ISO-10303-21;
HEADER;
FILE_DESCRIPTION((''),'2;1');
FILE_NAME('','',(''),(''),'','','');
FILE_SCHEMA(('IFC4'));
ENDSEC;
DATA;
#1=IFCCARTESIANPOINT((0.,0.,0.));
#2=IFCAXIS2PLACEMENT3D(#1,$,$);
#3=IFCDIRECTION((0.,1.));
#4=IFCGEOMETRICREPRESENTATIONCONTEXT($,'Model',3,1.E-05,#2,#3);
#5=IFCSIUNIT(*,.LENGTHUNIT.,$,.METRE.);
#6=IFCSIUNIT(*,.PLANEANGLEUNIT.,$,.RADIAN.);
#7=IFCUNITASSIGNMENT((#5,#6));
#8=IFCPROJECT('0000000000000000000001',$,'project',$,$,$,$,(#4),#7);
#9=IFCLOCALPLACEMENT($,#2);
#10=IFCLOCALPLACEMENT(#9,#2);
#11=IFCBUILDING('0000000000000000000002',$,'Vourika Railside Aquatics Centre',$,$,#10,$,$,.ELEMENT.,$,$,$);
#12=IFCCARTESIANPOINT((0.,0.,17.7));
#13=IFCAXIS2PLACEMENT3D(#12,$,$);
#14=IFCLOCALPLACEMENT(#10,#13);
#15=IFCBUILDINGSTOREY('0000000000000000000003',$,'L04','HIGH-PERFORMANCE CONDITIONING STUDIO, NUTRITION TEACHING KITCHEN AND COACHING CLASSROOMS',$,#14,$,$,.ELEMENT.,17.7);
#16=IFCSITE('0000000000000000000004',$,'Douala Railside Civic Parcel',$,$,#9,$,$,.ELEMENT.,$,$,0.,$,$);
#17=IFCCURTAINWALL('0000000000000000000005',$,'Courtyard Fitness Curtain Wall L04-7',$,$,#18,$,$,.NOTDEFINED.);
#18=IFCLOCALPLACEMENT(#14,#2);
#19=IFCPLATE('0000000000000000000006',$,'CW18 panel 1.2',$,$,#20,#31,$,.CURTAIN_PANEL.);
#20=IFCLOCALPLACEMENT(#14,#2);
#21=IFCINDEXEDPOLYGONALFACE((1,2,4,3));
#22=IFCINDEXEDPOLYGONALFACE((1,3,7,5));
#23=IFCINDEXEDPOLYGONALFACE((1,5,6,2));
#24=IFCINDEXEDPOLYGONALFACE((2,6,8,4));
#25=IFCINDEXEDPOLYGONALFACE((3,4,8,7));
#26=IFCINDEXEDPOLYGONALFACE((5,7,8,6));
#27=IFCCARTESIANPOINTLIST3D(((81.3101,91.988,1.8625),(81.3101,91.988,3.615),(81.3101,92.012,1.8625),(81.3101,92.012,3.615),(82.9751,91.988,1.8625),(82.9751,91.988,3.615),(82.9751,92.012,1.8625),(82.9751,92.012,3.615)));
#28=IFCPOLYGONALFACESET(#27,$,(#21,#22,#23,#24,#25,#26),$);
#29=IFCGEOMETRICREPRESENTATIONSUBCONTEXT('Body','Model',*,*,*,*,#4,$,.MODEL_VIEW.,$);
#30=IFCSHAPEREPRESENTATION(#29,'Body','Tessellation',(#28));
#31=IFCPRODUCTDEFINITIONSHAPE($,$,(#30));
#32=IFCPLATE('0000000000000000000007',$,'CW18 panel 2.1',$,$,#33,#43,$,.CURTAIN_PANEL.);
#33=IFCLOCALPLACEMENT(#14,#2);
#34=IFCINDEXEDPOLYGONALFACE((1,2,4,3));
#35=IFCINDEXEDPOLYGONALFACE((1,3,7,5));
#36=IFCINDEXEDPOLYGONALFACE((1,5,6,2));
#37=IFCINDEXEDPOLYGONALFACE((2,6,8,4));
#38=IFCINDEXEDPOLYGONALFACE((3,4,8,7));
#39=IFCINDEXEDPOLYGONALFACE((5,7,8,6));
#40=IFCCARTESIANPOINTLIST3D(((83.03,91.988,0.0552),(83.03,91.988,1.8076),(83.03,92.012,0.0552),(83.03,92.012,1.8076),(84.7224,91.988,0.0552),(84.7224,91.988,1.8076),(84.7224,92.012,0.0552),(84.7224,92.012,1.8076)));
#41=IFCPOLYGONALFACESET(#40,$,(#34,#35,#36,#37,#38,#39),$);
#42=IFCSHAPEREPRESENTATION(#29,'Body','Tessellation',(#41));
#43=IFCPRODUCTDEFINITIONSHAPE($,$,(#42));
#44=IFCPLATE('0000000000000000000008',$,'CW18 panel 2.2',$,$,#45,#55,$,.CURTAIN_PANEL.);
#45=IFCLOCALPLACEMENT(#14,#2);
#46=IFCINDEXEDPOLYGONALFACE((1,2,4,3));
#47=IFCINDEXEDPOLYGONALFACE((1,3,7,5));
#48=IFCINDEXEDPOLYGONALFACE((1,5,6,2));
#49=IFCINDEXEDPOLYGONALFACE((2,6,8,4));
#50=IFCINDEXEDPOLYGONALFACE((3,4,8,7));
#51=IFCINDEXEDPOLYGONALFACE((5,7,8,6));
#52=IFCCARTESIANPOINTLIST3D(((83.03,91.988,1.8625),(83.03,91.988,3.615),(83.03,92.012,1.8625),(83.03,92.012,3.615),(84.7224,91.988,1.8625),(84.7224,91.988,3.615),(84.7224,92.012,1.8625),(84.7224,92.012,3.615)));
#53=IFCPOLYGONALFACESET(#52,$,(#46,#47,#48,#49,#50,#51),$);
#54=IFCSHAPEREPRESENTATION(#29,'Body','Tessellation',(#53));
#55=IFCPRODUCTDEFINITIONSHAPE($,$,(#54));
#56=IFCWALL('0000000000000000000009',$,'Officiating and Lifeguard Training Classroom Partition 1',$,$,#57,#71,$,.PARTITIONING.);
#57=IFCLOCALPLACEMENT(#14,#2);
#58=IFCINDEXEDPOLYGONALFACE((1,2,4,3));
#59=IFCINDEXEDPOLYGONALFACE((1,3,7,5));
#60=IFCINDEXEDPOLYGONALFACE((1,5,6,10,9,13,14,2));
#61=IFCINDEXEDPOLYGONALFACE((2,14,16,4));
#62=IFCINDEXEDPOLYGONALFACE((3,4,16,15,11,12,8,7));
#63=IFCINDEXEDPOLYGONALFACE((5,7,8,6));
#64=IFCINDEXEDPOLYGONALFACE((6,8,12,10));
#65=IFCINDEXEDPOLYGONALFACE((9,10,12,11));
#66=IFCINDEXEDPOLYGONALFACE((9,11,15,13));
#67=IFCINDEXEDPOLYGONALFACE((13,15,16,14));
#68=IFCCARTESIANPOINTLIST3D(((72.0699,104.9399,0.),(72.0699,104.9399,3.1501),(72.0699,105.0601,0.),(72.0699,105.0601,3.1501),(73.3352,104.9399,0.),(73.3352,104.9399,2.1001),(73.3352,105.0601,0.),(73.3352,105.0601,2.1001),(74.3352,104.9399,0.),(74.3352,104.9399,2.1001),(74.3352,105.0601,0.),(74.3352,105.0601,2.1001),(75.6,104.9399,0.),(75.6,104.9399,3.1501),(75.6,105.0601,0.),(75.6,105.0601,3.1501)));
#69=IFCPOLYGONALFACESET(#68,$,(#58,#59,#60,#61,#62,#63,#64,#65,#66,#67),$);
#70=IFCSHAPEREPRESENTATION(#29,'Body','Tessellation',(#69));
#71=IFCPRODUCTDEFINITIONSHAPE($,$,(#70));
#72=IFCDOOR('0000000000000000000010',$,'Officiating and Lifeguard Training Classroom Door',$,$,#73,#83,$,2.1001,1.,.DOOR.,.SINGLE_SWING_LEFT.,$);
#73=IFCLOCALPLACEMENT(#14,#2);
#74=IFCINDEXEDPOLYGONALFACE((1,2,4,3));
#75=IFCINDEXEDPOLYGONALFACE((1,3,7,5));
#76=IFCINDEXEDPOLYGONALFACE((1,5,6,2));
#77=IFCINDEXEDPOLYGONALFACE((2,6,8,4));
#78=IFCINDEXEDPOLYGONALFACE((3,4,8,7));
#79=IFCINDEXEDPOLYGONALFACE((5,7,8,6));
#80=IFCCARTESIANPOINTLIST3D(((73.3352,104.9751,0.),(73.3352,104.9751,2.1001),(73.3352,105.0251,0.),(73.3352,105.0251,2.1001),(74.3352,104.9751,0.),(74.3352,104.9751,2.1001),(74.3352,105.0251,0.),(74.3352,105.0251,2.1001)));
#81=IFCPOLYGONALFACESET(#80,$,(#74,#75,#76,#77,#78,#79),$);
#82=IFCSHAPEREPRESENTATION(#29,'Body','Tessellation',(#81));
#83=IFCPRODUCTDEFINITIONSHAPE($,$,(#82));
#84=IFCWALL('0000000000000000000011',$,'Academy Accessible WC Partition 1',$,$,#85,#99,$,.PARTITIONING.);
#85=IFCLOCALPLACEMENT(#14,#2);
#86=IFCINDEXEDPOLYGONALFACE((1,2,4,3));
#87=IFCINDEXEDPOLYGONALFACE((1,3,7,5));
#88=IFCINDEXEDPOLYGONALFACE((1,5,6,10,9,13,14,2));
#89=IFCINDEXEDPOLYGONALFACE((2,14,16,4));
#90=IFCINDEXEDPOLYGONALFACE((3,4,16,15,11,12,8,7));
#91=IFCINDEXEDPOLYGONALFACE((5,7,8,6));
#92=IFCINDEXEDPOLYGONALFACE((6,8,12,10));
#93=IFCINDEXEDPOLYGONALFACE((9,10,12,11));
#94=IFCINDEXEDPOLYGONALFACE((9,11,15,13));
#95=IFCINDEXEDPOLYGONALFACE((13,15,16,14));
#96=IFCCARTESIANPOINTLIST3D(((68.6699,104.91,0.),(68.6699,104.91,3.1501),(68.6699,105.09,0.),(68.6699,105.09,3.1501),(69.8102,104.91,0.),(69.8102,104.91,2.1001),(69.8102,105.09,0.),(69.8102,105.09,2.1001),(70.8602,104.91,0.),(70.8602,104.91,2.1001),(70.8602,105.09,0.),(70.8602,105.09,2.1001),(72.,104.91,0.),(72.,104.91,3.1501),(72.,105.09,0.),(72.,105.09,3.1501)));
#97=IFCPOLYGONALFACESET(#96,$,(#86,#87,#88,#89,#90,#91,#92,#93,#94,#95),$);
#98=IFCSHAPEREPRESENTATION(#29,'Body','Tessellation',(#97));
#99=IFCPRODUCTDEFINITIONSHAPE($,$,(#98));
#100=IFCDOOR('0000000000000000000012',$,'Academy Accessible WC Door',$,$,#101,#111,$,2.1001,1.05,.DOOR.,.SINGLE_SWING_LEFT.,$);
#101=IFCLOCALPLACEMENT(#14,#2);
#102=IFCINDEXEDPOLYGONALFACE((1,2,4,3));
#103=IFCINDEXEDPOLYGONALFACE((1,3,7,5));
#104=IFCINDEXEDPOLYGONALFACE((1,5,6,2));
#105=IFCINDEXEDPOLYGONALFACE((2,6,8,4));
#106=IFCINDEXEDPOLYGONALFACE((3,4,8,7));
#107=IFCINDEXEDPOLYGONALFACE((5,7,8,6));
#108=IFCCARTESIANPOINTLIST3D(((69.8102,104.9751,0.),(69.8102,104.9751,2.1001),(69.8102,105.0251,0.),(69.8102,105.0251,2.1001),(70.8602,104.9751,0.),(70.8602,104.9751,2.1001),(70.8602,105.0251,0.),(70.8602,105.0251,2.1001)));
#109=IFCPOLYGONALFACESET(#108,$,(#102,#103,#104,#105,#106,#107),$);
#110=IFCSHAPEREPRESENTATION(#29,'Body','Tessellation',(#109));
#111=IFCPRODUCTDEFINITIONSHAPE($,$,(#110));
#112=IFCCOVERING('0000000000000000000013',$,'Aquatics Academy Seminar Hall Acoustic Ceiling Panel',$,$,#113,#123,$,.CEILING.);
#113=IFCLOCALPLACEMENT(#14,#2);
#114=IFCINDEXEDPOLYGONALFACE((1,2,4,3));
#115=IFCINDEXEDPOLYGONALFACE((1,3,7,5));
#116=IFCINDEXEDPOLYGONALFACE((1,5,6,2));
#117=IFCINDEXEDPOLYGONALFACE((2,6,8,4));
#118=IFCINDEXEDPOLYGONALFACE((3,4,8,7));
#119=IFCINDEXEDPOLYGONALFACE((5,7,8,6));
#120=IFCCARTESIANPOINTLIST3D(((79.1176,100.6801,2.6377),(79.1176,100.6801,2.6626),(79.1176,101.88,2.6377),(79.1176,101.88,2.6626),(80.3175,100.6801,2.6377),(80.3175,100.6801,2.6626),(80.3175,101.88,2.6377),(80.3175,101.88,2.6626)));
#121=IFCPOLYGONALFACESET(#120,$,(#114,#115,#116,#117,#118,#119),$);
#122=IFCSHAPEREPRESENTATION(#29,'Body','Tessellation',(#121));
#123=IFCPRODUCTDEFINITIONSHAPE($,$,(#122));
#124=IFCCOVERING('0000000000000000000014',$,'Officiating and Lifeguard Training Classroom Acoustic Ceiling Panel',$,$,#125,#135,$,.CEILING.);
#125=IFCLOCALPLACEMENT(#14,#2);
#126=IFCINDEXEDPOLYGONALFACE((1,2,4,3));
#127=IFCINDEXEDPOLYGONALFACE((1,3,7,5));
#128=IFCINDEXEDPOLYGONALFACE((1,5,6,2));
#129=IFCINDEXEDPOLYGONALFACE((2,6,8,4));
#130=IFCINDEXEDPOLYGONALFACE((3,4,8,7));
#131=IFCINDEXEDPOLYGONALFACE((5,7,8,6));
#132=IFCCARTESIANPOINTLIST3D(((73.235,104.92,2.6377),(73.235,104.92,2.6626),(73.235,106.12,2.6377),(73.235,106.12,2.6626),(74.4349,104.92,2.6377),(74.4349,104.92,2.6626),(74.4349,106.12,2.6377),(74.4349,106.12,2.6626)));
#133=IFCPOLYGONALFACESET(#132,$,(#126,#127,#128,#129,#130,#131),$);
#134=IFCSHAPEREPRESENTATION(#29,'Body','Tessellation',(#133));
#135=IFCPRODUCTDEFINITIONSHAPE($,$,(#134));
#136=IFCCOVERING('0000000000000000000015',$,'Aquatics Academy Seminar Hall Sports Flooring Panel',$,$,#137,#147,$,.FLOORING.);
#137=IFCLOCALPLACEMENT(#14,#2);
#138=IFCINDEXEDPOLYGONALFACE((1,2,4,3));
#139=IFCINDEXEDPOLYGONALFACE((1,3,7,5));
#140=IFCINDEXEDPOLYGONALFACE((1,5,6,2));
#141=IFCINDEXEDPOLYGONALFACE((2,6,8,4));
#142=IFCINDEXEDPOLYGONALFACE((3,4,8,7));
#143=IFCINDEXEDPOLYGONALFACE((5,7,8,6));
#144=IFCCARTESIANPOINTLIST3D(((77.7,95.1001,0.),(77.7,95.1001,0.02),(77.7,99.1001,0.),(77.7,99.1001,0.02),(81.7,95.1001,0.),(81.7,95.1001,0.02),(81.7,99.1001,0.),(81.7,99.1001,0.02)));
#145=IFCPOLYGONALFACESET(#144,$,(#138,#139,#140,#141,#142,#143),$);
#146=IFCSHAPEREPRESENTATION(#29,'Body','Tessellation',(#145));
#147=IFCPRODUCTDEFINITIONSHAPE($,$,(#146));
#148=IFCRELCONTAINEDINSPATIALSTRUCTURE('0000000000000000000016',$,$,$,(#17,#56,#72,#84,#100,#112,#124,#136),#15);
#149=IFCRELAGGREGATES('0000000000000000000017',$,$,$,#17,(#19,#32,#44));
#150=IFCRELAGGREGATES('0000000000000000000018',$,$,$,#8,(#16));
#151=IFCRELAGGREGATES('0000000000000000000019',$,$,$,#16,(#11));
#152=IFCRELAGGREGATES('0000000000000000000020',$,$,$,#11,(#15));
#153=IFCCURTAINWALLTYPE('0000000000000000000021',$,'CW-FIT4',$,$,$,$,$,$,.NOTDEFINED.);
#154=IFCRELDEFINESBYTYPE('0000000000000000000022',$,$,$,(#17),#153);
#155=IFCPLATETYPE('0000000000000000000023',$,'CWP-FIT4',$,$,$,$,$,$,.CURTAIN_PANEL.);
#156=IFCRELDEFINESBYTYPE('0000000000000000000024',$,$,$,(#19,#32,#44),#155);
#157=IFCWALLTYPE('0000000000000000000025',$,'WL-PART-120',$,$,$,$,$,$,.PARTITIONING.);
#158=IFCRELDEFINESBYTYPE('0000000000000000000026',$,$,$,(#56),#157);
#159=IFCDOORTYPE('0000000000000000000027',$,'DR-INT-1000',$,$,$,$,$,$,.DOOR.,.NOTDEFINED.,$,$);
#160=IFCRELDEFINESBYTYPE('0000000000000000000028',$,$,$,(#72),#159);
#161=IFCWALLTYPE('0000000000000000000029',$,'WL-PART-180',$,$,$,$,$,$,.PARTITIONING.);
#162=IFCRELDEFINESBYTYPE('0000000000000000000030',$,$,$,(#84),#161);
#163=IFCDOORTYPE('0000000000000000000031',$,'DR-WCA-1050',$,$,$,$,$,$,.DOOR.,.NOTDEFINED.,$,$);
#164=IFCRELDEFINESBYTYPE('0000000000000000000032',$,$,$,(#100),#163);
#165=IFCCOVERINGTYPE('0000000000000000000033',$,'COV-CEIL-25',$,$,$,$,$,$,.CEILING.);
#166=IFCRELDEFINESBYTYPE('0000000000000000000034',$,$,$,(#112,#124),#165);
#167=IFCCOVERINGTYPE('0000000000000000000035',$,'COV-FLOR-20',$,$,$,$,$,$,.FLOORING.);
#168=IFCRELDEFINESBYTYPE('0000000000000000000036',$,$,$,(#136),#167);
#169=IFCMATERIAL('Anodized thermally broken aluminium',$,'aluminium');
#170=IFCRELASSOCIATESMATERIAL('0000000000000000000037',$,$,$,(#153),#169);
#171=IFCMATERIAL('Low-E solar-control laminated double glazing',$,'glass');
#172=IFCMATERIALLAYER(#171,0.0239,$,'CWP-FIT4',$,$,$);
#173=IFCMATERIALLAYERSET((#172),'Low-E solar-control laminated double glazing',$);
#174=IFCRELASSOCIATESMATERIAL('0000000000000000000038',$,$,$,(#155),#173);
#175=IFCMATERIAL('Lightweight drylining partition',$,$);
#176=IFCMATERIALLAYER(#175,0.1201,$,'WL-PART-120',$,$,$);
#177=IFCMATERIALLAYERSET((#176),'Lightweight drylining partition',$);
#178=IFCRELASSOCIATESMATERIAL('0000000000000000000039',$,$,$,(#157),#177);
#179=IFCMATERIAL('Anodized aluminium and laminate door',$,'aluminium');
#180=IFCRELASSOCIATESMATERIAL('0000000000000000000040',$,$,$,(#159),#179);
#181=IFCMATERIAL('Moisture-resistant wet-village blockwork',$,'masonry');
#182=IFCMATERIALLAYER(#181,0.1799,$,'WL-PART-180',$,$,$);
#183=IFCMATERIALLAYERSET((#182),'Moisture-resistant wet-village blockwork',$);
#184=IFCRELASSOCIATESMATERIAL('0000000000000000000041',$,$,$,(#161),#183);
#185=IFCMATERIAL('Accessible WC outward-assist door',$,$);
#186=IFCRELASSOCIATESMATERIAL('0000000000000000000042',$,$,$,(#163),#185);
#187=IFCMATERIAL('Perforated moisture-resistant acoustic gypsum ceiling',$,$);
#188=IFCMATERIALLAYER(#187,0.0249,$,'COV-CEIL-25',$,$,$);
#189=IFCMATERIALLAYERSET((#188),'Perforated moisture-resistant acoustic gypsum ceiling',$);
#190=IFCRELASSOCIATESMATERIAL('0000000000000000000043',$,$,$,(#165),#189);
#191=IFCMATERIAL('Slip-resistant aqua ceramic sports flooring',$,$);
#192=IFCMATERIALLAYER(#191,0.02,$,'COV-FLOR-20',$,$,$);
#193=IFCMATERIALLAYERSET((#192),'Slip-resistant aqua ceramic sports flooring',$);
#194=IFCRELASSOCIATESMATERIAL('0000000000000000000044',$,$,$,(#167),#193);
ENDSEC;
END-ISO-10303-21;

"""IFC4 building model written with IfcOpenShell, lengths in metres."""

from ifc_helpers import new_model, si_unit, direction, frame, frame_2d, origin, origin_2d, place, context, subcontext, project, spatial, rectangle, extrude, material, layer, layer_set, type_object, element, fill, aggregate, save


model = new_model("IFC4")

# Units and contexts
model_context = context("Model", 3, precision=1e-05, world=origin(), true_north=direction((0.0, 1.0)))
body_context = subcontext(model_context, "Body", "Model", "MODEL_VIEW")
ifc_project = project(units=[si_unit("LENGTHUNIT", "METRE"), si_unit("PLANEANGLEUNIT", "RADIAN")], contexts=[model_context])

# Site, building, storey
site_placement = place(None, origin())
site = spatial("IfcSite", under=ifc_project, at=site_placement, Name="Douala Railside Civic Parcel", CompositionType="ELEMENT", RefElevation=0.0)
building_placement = place(site_placement, origin())
building = spatial("IfcBuilding", under=site, at=building_placement, Name="Vourika Railside Aquatics Centre", CompositionType="ELEMENT")
storey_placement = place(building_placement, frame((0.0, 0.0, 17.7)))
storey = spatial("IfcBuildingStorey", under=building, at=storey_placement, Name="L04", Description="HIGH-PERFORMANCE CONDITIONING STUDIO, NUTRITION TEACHING KITCHEN AND COACHING CLASSROOMS", CompositionType="ELEMENT", Elevation=17.7)

# Curtain wall, plates
ifc_material_1 = material(Name="Anodized thermally broken aluminium", Category="aluminium")
curtain_wall_type = type_object("IfcCurtainWallType", Name="CW-FIT4", PredefinedType="NOTDEFINED", material=ifc_material_1)
curtain_wall_placement = place(storey_placement, origin())
curtain_wall = element("IfcCurtainWall", 1, at=curtain_wall_placement, inside=storey, type_object=curtain_wall_type, Name="Courtyard Fitness Curtain Wall L04-7", PredefinedType="NOTDEFINED")
ifc_material_2 = material(Name="Low-E solar-control laminated double glazing", Category="glass")
ifc_layer_1 = layer(ifc_material_2, 0.0239, Name="CWP-FIT4")
ifc_layer_set_1 = layer_set([ifc_layer_1], Name="Low-E solar-control laminated double glazing")
plate_type = type_object("IfcPlateType", Name="CWP-FIT4", PredefinedType="CURTAIN_PANEL", material=ifc_layer_set_1)
plate_1_placement = place(storey_placement, frame((82.1426, 92.0, 1.8625), z_axis=(0.0, 0.0, 1.0), x_axis=(1.0, 0.0, 0.0)))
plate_1 = element("IfcPlate", 2, at=plate_1_placement, type_object=plate_type, Name="CW18 panel 1.2", PredefinedType="CURTAIN_PANEL", context=body_context, shape_type="SweptSolid", body=[
    extrude(rectangle(XDim=1.665, YDim=0.0239, at=origin_2d()), origin(), (0.0, 0.0, 1.0), 1.7524),
])
plate_2_placement = place(storey_placement, frame((83.8762, 92.0, 0.0552), z_axis=(0.0, 0.0, 1.0), x_axis=(1.0, 0.0, 0.0)))
plate_2 = element("IfcPlate", 3, at=plate_2_placement, type_object=plate_type, Name="CW18 panel 2.1", PredefinedType="CURTAIN_PANEL", context=body_context, shape_type="SweptSolid", body=[
    extrude(rectangle(XDim=1.6924, YDim=0.0239, at=origin_2d()), origin(), (0.0, 0.0, 1.0), 1.7524),
])
plate_3_placement = place(storey_placement, frame((83.8762, 92.0, 1.8625), z_axis=(0.0, 0.0, 1.0), x_axis=(1.0, 0.0, 0.0)))
plate_3 = element("IfcPlate", 4, at=plate_3_placement, type_object=plate_type, Name="CW18 panel 2.2", PredefinedType="CURTAIN_PANEL", context=body_context, shape_type="SweptSolid", body=[
    extrude(rectangle(XDim=1.6924, YDim=0.0239, at=origin_2d()), origin(), (0.0, 0.0, 1.0), 1.7524),
])
aggregate(curtain_wall, [plate_1, plate_2, plate_3])

# Walls, openings, doors
ifc_material_3 = material(Name="Lightweight drylining partition")
ifc_layer_2 = layer(ifc_material_3, 0.1201, Name="WL-PART-120")
ifc_layer_set_2 = layer_set([ifc_layer_2], Name="Lightweight drylining partition")
wall_type_1 = type_object("IfcWallType", Name="WL-PART-120", PredefinedType="PARTITIONING", material=ifc_layer_set_2)
wall_1_placement = place(storey_placement, frame((75.6001, 105.0, 0.0), z_axis=(0.0, 0.0, 1.0), x_axis=(-1.0, 0.0, 0.0)))
wall_1 = element("IfcWall", 5, at=wall_1_placement, inside=storey, type_object=wall_type_1, Name="Officiating and Lifeguard Training Classroom Partition 1", PredefinedType="PARTITIONING", context=body_context, shape_type="SweptSolid", body=[
    extrude(rectangle(XDim=3.53, YDim=0.1201, at=frame_2d((1.7651, 0.0))), origin(), (0.0, 0.0, 1.0), 3.1501),
])
opening_1_placement = place(wall_1_placement, frame((1.2649, 0.0, 0.0)))
opening_1 = element("IfcOpeningElement", 6, at=opening_1_placement, cuts=wall_1, PredefinedType="OPENING", context=body_context, shape_type="SweptSolid", body=[
    extrude(rectangle(XDim=1.0, YDim=2.1001, at=frame_2d((0.5, 1.05))), frame((0.0, 0.0701, 0.0), z_axis=(0.0, -1.0, 0.0), x_axis=(1.0, 0.0, 0.0)), (0.0, 0.0, 1.0), 0.1401),
])
ifc_material_4 = material(Name="Anodized aluminium and laminate door", Category="aluminium")
door_type_1 = type_object("IfcDoorType", Name="DR-INT-1000", OperationType="NOTDEFINED", PredefinedType="DOOR", material=ifc_material_4)
door_1_placement = place(opening_1_placement, origin())
door_1 = element("IfcDoor", 7, at=door_1_placement, inside=storey, type_object=door_type_1, Name="Officiating and Lifeguard Training Classroom Door", OperationType="SINGLE_SWING_LEFT", OverallHeight=2.1001, OverallWidth=1.0, PredefinedType="DOOR", context=body_context, shape_type="SweptSolid", body=[
    extrude(rectangle(XDim=1.0, YDim=2.1001, at=frame_2d((0.5, 1.05))), frame((0.0, 0.0249, 0.0), z_axis=(0.0, -1.0, 0.0), x_axis=(1.0, 0.0, 0.0)), (0.0, 0.0, 1.0), 0.05),
])
fill(opening_1, door_1)
ifc_material_5 = material(Name="Moisture-resistant wet-village blockwork", Category="masonry")
ifc_layer_3 = layer(ifc_material_5, 0.1799, Name="WL-PART-180")
ifc_layer_set_3 = layer_set([ifc_layer_3], Name="Moisture-resistant wet-village blockwork")
wall_type_2 = type_object("IfcWallType", Name="WL-PART-180", PredefinedType="PARTITIONING", material=ifc_layer_set_3)
wall_2_placement = place(storey_placement, frame((72.0, 105.0, 0.0), z_axis=(0.0, 0.0, 1.0), x_axis=(-1.0, 0.0, 0.0)))
wall_2 = element("IfcWall", 8, at=wall_2_placement, inside=storey, type_object=wall_type_2, Name="Academy Accessible WC Partition 1", PredefinedType="PARTITIONING", context=body_context, shape_type="SweptSolid", body=[
    extrude(rectangle(XDim=3.3301, YDim=0.1799, at=frame_2d((1.665, 0.0))), origin(), (0.0, 0.0, 1.0), 3.1501),
])
opening_2_placement = place(wall_2_placement, frame((1.1399, 0.0, 0.0)))
opening_2 = element("IfcOpeningElement", 9, at=opening_2_placement, cuts=wall_2, PredefinedType="OPENING", context=body_context, shape_type="SweptSolid", body=[
    extrude(rectangle(XDim=1.05, YDim=2.1001, at=frame_2d((0.5249, 1.05))), frame((0.0, 0.1001, 0.0), z_axis=(0.0, -1.0, 0.0), x_axis=(1.0, 0.0, 0.0)), (0.0, 0.0, 1.0), 0.2),
])
ifc_material_6 = material(Name="Accessible WC outward-assist door")
door_type_2 = type_object("IfcDoorType", Name="DR-WCA-1050", OperationType="NOTDEFINED", PredefinedType="DOOR", material=ifc_material_6)
door_2_placement = place(opening_2_placement, origin())
door_2 = element("IfcDoor", 10, at=door_2_placement, inside=storey, type_object=door_type_2, Name="Academy Accessible WC Door", OperationType="SINGLE_SWING_LEFT", OverallHeight=2.1001, OverallWidth=1.05, PredefinedType="DOOR", context=body_context, shape_type="SweptSolid", body=[
    extrude(rectangle(XDim=1.05, YDim=2.1001, at=frame_2d((0.5249, 1.05))), frame((0.0, 0.0249, 0.0), z_axis=(0.0, -1.0, 0.0), x_axis=(1.0, 0.0, 0.0)), (0.0, 0.0, 1.0), 0.05),
])
fill(opening_2, door_2)

# Coverings
ifc_material_7 = material(Name="Perforated moisture-resistant acoustic gypsum ceiling")
ifc_layer_4 = layer(ifc_material_7, 0.0249, Name="COV-CEIL-25")
ifc_layer_set_4 = layer_set([ifc_layer_4], Name="Perforated moisture-resistant acoustic gypsum ceiling")
covering_type_1 = type_object("IfcCoveringType", Name="COV-CEIL-25", PredefinedType="CEILING", material=ifc_layer_set_4)
for number, where, z_axis, x_axis, name in (
    (11, (79.7175, 101.28, 2.6377), (0.0, 0.0, 1.0), (1.0, 0.0, 0.0), "Aquatics Academy Seminar Hall Acoustic Ceiling Panel"),
    (12, (73.835, 105.52, 2.6377), (0.0, 0.0, 1.0), (1.0, 0.0, 0.0), "Officiating and Lifeguard Training Classroom Acoustic Ceiling Panel"),
):
    element("IfcCovering", number, at=place(storey_placement, frame(where, z_axis=z_axis, x_axis=x_axis)), inside=storey, type_object=covering_type_1, Name=name, PredefinedType="CEILING", context=body_context, shape_type="SweptSolid", body=[
        extrude(rectangle(XDim=1.2, YDim=1.2, at=origin_2d()), origin(), (0.0, 0.0, 1.0), 0.0249),
    ])
ifc_material_8 = material(Name="Slip-resistant aqua ceramic sports flooring")
ifc_layer_5 = layer(ifc_material_8, 0.02, Name="COV-FLOR-20")
ifc_layer_set_5 = layer_set([ifc_layer_5], Name="Slip-resistant aqua ceramic sports flooring")
covering_type_2 = type_object("IfcCoveringType", Name="COV-FLOR-20", PredefinedType="FLOORING", material=ifc_layer_set_5)
covering_placement = place(storey_placement, frame((79.7, 97.1001, 0.0), z_axis=(0.0, 0.0, 1.0), x_axis=(1.0, 0.0, 0.0)))
element("IfcCovering", 13, at=covering_placement, inside=storey, type_object=covering_type_2, Name="Aquatics Academy Seminar Hall Sports Flooring Panel", PredefinedType="FLOORING", context=body_context, shape_type="SweptSolid", body=[
    extrude(rectangle(XDim=4.0, YDim=4.0, at=origin_2d()), origin(), (0.0, 0.0, 1.0), 0.02),
])

save(model, "model.ifc")
